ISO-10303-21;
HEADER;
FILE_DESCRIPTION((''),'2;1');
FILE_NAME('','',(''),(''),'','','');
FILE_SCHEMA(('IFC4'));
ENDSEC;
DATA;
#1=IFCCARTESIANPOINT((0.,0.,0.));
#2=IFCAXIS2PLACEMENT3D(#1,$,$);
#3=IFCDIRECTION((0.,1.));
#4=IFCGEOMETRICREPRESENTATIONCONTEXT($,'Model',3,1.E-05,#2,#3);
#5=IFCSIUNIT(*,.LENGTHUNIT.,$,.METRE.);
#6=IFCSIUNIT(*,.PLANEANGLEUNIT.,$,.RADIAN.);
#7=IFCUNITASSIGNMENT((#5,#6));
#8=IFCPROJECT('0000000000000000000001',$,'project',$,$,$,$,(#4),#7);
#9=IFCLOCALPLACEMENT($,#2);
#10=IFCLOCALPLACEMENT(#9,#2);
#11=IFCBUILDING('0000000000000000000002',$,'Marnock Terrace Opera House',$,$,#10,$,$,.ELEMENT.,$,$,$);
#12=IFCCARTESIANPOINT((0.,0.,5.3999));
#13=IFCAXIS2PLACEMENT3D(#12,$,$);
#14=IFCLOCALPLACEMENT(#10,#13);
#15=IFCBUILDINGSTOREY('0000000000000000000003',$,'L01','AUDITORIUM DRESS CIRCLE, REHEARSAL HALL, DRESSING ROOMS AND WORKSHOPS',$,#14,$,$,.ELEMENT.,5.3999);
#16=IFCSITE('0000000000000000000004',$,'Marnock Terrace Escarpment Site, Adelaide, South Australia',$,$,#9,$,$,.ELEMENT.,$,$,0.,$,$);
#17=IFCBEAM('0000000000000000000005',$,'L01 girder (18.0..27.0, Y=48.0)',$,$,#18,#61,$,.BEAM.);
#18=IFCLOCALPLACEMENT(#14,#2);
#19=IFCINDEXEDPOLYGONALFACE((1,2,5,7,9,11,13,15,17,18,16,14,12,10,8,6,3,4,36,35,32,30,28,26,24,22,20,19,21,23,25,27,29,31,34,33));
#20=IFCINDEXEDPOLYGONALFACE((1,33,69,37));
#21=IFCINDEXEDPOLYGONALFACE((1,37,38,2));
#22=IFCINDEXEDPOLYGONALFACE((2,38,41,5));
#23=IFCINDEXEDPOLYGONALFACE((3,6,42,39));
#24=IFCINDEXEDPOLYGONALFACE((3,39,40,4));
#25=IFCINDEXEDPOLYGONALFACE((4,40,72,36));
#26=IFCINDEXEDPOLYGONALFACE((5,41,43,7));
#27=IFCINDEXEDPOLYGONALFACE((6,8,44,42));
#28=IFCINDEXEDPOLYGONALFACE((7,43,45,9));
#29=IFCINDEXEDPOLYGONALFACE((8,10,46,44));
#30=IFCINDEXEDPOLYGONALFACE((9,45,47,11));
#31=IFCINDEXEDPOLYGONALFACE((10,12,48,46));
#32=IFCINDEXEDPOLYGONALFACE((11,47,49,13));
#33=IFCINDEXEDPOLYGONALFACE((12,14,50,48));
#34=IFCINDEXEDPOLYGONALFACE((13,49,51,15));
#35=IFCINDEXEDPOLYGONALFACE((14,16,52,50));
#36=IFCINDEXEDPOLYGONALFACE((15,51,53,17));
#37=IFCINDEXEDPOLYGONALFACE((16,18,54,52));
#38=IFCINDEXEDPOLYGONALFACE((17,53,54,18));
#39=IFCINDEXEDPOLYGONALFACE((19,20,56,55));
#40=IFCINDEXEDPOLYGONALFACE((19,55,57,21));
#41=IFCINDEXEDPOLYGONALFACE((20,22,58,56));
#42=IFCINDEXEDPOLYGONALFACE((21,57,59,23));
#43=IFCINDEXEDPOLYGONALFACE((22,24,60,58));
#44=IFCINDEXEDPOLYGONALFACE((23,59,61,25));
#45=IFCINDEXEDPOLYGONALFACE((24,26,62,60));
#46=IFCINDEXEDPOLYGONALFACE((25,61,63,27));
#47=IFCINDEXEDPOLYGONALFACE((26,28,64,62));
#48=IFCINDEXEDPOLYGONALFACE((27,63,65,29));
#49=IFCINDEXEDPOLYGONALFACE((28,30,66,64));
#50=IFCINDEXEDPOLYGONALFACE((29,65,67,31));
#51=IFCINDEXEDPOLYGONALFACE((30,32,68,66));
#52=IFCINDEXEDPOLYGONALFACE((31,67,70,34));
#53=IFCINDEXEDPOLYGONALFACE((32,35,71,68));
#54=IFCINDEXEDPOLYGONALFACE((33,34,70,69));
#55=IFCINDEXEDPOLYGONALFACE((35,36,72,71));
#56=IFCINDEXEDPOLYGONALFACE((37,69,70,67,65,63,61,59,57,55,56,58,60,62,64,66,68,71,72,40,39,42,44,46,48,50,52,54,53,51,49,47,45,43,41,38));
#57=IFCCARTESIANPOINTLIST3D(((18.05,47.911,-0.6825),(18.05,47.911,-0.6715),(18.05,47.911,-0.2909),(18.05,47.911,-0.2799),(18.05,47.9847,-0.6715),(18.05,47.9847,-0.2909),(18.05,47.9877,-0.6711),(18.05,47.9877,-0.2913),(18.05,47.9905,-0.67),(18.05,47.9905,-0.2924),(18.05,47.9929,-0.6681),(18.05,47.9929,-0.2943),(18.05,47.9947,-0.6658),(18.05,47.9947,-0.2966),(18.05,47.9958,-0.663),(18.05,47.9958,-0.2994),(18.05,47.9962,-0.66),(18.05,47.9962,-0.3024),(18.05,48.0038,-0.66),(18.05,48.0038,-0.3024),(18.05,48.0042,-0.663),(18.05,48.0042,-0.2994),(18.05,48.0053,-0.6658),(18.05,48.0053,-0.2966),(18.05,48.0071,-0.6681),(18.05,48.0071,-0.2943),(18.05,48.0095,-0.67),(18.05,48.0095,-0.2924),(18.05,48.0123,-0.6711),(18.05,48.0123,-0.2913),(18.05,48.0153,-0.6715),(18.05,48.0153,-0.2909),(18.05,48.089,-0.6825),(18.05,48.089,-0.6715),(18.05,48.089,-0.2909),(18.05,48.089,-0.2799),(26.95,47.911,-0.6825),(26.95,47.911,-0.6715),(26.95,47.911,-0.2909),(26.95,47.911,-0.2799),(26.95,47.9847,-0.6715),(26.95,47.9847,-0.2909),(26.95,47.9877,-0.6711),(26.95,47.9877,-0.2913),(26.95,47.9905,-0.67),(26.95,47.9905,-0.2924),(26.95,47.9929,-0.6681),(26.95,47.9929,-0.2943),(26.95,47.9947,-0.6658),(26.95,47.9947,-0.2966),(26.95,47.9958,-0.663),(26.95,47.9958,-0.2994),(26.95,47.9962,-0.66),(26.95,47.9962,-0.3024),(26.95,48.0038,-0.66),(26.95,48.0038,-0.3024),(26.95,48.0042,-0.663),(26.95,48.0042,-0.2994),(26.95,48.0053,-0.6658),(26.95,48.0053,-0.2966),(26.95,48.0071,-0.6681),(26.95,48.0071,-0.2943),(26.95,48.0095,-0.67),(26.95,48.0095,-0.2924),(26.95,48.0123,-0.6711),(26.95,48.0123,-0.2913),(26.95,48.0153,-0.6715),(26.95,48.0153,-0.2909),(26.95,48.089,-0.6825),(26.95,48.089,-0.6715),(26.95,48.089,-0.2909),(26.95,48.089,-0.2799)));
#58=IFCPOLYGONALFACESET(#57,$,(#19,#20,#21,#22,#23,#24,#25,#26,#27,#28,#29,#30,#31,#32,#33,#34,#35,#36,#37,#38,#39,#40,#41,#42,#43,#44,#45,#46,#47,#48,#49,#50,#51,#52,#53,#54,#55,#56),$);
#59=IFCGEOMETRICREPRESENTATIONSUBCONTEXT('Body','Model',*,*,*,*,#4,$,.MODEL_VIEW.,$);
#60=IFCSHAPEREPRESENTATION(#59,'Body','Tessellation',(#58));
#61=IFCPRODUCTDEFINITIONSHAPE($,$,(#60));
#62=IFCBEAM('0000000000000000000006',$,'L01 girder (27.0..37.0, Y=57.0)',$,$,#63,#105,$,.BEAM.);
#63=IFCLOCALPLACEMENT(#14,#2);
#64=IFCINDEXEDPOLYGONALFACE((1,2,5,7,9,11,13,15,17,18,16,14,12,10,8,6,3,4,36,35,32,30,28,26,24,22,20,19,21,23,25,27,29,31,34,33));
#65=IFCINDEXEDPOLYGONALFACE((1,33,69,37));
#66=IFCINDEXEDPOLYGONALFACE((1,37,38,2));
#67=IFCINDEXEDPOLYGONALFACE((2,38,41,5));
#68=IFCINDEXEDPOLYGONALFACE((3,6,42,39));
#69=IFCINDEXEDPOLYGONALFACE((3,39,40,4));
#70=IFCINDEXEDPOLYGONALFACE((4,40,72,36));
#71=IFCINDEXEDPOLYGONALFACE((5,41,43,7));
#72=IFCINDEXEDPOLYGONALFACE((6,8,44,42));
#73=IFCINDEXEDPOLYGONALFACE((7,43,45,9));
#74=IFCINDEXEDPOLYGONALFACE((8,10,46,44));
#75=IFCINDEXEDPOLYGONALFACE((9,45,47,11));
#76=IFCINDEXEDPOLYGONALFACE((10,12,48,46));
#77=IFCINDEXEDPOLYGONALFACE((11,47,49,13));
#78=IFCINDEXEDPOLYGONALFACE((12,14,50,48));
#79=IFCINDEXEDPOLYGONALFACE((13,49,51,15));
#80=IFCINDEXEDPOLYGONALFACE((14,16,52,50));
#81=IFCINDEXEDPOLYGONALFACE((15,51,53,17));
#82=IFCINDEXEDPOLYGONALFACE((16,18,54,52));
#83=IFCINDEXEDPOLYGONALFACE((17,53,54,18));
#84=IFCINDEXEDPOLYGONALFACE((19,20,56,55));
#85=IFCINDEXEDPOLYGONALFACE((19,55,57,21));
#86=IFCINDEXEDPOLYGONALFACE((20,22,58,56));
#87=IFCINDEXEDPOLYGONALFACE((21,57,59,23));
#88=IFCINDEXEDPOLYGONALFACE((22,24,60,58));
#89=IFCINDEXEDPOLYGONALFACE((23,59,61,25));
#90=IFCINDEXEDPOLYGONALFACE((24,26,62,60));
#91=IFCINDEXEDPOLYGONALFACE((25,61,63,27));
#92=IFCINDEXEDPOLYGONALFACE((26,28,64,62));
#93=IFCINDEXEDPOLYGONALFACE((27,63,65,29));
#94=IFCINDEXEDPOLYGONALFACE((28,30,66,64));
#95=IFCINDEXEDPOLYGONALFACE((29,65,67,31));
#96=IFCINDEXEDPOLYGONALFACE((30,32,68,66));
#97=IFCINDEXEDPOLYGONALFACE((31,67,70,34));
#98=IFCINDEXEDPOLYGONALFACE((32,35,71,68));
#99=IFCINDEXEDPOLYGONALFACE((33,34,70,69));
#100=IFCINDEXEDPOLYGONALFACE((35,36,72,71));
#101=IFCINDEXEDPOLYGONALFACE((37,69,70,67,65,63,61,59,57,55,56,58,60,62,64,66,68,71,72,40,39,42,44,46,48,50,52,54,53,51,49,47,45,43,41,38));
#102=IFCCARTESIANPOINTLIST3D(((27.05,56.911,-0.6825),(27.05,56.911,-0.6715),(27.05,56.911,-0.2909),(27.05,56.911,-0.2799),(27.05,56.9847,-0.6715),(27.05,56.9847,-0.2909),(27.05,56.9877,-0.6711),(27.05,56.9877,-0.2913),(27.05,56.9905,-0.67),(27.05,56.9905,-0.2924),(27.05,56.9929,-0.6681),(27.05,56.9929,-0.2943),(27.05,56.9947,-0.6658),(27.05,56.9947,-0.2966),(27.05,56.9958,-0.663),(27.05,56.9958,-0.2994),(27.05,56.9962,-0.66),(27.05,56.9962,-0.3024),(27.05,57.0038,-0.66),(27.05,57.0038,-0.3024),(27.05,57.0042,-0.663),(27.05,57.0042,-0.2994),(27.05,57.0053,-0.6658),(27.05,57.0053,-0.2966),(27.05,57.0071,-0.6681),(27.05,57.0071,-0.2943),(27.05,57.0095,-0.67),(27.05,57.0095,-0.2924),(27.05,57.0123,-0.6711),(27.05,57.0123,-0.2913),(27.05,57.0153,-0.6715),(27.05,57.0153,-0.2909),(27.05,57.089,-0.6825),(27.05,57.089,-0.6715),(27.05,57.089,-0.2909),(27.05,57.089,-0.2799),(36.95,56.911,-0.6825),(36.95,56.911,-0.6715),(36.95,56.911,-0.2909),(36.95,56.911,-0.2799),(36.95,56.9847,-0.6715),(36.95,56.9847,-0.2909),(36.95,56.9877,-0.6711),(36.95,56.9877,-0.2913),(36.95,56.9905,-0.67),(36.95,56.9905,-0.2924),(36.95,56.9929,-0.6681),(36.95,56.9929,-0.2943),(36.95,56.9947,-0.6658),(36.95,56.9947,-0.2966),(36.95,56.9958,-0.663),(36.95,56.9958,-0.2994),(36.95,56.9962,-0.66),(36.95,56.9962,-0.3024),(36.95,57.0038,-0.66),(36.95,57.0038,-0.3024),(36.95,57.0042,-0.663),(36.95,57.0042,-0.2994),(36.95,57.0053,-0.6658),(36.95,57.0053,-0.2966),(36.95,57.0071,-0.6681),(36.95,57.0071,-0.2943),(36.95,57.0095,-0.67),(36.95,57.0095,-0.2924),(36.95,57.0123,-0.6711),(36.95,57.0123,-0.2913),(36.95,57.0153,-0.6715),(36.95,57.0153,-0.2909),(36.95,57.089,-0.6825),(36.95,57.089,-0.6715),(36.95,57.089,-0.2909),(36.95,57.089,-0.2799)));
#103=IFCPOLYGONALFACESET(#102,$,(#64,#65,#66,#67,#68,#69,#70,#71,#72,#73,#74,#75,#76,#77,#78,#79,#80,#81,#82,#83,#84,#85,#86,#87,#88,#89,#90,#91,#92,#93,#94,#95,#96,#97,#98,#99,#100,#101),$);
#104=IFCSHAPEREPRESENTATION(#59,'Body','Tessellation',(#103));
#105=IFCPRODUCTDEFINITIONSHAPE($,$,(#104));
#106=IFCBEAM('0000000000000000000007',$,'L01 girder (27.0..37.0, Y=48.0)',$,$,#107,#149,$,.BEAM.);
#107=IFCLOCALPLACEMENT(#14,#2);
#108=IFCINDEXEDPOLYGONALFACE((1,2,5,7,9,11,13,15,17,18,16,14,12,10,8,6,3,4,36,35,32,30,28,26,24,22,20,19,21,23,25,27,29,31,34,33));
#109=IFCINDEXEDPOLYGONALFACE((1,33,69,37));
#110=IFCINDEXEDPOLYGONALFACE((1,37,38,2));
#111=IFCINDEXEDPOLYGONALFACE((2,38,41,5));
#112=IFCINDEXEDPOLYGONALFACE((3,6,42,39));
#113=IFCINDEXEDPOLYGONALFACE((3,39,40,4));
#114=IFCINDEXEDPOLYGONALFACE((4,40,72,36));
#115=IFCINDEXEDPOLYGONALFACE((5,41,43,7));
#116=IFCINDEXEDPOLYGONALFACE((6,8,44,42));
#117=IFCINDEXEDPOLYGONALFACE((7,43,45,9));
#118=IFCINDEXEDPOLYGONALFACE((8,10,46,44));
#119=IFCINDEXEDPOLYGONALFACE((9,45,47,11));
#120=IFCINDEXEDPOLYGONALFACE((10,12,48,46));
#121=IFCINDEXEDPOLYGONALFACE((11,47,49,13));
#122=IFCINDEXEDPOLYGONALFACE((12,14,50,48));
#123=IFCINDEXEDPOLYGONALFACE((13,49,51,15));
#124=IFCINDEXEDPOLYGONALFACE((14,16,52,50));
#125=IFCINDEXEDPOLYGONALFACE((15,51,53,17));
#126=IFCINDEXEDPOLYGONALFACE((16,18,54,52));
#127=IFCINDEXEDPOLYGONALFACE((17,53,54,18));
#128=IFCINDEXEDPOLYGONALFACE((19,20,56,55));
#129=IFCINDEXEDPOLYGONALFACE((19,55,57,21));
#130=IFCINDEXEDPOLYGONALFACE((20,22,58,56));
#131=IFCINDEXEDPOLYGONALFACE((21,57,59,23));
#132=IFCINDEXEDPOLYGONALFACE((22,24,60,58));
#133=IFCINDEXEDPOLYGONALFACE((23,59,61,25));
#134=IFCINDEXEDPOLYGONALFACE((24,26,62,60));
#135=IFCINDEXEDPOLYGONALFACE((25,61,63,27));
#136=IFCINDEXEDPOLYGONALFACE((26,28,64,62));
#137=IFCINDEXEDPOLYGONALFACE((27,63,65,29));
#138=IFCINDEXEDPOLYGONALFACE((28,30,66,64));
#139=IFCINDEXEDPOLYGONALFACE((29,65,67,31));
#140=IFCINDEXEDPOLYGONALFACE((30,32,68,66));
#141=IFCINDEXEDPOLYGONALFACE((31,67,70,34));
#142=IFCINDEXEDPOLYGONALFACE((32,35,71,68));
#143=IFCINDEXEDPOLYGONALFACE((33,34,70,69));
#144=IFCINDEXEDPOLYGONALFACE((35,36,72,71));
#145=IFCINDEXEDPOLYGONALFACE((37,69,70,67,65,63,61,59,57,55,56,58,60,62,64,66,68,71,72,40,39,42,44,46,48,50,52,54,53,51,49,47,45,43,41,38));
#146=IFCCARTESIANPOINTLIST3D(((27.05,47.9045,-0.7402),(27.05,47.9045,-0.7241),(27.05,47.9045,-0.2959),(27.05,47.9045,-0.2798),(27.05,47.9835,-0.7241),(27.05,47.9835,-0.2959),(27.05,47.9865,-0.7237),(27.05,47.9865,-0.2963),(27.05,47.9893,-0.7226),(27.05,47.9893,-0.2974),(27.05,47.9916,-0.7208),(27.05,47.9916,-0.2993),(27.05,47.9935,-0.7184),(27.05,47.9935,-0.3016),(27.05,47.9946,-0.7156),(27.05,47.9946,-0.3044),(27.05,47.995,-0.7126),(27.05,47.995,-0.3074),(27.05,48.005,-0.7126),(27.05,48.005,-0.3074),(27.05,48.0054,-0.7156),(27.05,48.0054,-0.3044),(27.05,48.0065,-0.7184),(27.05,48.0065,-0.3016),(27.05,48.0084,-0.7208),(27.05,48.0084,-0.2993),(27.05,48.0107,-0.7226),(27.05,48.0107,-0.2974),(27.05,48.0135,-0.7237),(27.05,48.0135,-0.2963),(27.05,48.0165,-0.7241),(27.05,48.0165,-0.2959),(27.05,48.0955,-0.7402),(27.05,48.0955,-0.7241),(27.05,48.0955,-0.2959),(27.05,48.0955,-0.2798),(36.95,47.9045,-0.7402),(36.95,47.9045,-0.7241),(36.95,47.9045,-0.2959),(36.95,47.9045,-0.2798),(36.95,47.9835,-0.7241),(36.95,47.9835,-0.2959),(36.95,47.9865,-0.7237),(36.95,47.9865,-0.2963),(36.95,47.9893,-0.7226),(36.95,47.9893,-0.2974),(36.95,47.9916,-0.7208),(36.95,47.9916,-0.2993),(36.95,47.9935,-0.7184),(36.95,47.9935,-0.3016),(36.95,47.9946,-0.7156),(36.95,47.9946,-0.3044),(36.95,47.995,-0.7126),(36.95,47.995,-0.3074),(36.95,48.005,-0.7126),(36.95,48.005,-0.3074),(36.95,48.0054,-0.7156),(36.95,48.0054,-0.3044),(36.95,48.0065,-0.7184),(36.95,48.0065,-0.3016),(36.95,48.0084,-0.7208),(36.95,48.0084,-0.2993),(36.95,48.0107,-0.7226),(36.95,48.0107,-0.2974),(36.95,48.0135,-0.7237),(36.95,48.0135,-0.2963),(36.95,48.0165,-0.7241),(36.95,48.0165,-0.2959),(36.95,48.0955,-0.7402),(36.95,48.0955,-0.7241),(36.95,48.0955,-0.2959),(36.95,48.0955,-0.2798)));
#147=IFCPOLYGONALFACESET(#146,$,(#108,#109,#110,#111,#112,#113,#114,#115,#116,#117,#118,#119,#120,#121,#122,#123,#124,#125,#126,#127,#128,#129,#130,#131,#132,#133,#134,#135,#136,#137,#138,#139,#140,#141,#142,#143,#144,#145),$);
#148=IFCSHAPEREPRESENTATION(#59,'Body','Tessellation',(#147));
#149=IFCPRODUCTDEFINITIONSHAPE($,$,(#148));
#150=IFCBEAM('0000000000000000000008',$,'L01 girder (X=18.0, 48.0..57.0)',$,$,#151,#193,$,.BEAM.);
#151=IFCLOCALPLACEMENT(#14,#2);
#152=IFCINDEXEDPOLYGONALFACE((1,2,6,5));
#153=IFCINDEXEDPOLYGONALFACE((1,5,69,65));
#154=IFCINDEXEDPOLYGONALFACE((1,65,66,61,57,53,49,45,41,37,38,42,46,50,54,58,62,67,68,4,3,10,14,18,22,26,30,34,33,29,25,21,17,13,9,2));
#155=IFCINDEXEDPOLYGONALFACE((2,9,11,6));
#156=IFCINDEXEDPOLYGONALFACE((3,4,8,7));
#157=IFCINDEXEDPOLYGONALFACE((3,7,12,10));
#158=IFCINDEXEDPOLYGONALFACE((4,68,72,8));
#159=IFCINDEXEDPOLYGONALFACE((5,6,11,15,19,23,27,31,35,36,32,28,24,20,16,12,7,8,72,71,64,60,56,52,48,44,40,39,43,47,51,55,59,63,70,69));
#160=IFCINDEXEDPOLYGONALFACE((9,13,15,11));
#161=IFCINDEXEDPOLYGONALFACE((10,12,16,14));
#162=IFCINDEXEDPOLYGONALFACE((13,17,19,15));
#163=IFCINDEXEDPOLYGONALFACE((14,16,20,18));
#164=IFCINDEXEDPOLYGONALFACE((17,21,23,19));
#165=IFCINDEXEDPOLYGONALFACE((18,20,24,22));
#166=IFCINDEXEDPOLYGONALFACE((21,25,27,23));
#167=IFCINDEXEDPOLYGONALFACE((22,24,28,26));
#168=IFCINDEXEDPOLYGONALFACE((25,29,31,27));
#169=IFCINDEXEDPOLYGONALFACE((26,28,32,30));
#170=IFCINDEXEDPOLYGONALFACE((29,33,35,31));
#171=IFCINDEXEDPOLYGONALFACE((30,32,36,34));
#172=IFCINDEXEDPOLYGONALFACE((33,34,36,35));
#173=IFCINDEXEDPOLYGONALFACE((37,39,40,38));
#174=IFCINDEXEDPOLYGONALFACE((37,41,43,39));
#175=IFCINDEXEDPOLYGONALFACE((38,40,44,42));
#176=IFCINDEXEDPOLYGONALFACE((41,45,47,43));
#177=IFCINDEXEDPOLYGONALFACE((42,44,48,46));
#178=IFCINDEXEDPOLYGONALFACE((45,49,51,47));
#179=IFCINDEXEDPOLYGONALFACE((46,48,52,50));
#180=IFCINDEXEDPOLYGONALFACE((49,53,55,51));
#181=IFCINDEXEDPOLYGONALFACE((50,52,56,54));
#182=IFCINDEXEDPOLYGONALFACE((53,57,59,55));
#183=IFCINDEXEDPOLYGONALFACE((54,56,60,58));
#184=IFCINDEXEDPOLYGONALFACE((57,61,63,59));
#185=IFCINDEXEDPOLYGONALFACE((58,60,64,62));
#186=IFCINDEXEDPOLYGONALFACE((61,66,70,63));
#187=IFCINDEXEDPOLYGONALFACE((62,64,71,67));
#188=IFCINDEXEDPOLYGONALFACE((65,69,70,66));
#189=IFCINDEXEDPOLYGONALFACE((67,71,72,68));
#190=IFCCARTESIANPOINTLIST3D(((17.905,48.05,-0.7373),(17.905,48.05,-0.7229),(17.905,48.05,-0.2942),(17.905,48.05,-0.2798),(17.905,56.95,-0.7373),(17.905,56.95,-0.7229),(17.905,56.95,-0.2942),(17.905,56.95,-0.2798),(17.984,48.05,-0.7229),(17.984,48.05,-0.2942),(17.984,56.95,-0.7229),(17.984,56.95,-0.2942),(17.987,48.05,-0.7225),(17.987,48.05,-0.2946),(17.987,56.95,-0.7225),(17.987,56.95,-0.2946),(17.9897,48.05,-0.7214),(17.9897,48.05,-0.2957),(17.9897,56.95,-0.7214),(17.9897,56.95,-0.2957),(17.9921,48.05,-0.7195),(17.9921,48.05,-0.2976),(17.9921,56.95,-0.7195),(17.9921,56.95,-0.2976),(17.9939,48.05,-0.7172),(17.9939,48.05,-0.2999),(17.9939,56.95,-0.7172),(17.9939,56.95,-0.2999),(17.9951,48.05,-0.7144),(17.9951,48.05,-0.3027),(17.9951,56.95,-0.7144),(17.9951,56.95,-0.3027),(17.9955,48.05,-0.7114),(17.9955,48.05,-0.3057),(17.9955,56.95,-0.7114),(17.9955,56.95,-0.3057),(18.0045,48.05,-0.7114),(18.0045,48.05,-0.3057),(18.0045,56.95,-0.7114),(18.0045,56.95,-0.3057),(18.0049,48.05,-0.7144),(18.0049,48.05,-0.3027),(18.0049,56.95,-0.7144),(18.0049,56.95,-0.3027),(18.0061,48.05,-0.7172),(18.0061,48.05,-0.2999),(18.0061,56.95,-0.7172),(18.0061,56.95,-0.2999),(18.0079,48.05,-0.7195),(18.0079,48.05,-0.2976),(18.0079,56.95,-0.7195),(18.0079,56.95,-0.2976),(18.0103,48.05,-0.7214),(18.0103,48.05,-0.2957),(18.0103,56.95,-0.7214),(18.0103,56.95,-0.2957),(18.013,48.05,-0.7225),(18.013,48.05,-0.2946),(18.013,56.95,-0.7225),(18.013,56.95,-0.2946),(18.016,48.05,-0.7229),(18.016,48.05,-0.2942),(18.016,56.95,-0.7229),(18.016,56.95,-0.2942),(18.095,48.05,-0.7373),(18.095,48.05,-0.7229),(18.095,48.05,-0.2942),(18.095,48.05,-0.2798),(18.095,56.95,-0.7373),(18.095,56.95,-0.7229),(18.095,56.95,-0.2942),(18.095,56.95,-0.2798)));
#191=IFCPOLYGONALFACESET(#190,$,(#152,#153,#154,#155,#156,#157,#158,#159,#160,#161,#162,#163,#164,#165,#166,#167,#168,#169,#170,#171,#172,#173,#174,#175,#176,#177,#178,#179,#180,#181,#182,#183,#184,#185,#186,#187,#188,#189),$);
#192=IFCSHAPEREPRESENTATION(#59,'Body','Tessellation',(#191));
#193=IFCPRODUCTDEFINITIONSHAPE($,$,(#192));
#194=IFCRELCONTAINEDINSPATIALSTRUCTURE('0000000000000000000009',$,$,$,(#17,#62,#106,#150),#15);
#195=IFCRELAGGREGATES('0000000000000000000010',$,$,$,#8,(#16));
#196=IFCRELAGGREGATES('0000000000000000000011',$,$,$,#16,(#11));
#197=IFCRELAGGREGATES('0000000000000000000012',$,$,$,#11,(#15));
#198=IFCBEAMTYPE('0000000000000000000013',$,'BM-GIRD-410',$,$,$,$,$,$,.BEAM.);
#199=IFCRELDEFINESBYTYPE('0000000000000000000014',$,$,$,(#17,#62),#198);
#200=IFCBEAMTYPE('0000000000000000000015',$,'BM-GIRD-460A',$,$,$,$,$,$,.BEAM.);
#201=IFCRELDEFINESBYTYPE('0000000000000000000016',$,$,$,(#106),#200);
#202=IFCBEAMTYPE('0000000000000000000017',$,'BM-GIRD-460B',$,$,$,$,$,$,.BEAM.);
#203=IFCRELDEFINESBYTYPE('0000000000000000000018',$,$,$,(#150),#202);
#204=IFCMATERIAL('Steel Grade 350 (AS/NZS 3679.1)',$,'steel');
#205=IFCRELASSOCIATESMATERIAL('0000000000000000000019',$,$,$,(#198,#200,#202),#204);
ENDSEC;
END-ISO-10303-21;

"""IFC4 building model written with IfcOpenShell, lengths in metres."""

from ifc_helpers import new_model, si_unit, direction, frame, origin, origin_2d, place, context, subcontext, project, spatial, i_section, extrude, material, material_profile, profile_set, type_object, element, save


model = new_model("IFC4")

# Units and contexts
model_context = context("Model", 3, precision=1e-05, world=origin(), true_north=direction((0.0, 1.0)))
body_context = subcontext(model_context, "Body", "Model", "MODEL_VIEW")
ifc_project = project(units=[si_unit("LENGTHUNIT", "METRE"), si_unit("PLANEANGLEUNIT", "RADIAN")], contexts=[model_context])

# Site, building, storey
site_placement = place(None, origin())
site = spatial("IfcSite", under=ifc_project, at=site_placement, Name="Marnock Terrace Escarpment Site, Adelaide, South Australia", CompositionType="ELEMENT", RefElevation=0.0)
building_placement = place(site_placement, origin())
building = spatial("IfcBuilding", under=site, at=building_placement, Name="Marnock Terrace Opera House", CompositionType="ELEMENT")
storey_placement = place(building_placement, frame((0.0, 0.0, 5.3999)))
storey = spatial("IfcBuildingStorey", under=building, at=storey_placement, Name="L01", Description="AUDITORIUM DRESS CIRCLE, REHEARSAL HALL, DRESSING ROOMS AND WORKSHOPS", CompositionType="ELEMENT", Elevation=5.3999)

# Shared definitions
ifc_material_1 = material(Name="Steel Grade 350 (AS/NZS 3679.1)", Category="steel")

# Beams
ifc_material_profile_1 = material_profile(ifc_material_1, i_section(OverallWidth=0.178, OverallDepth=0.4026, WebThickness=0.0076, FlangeThickness=0.011, FilletRadius=0.0115, at=origin_2d()))
ifc_profile_set_1 = profile_set([ifc_material_profile_1], Name="Steel Grade 350 (AS/NZS 3679.1)")
beam_type_1 = type_object("IfcBeamType", Name="BM-GIRD-410", PredefinedType="BEAM", material=ifc_profile_set_1)
beam_1_placement = place(storey_placement, frame((18.05, 48.0, -0.4812), z_axis=(1.0, 0.0, 0.0), x_axis=(0.0, 1.0, 0.0)))
element("IfcBeam", 1, at=beam_1_placement, inside=storey, type_object=beam_type_1, Name="L01 girder (18.0..27.0, Y=48.0)", PredefinedType="BEAM", context=body_context, shape_type="SweptSolid", body=[
    extrude(i_section(OverallWidth=0.178, OverallDepth=0.4026, WebThickness=0.0076, FlangeThickness=0.011, FilletRadius=0.0115, at=origin_2d()), origin(), (0.0, 0.0, 1.0), 8.8999),
])
beam_2_placement = place(storey_placement, frame((27.05, 57.0, -0.4812), z_axis=(1.0, 0.0, 0.0), x_axis=(0.0, 1.0, 0.0)))
element("IfcBeam", 2, at=beam_2_placement, inside=storey, type_object=beam_type_1, Name="L01 girder (27.0..37.0, Y=57.0)", PredefinedType="BEAM", context=body_context, shape_type="SweptSolid", body=[
    extrude(i_section(OverallWidth=0.178, OverallDepth=0.4026, WebThickness=0.0076, FlangeThickness=0.011, FilletRadius=0.0115, at=origin_2d()), origin(), (0.0, 0.0, 1.0), 9.8999),
])
ifc_material_profile_2 = material_profile(ifc_material_1, i_section(OverallWidth=0.1909, OverallDepth=0.4604, WebThickness=0.01, FlangeThickness=0.0161, FilletRadius=0.0115, at=origin_2d()))
ifc_profile_set_2 = profile_set([ifc_material_profile_2], Name="Steel Grade 350 (AS/NZS 3679.1)")
beam_type_2 = type_object("IfcBeamType", Name="BM-GIRD-460A", PredefinedType="BEAM", material=ifc_profile_set_2)
beam_3_placement = place(storey_placement, frame((27.05, 48.0, -0.51), z_axis=(1.0, 0.0, 0.0), x_axis=(0.0, 1.0, 0.0)))
element("IfcBeam", 3, at=beam_3_placement, inside=storey, type_object=beam_type_2, Name="L01 girder (27.0..37.0, Y=48.0)", PredefinedType="BEAM", context=body_context, shape_type="SweptSolid", body=[
    extrude(i_section(OverallWidth=0.1909, OverallDepth=0.4604, WebThickness=0.01, FlangeThickness=0.0161, FilletRadius=0.0115, at=origin_2d()), origin(), (0.0, 0.0, 1.0), 9.8999),
])
ifc_material_profile_3 = material_profile(ifc_material_1, i_section(OverallWidth=0.1899, OverallDepth=0.4575, WebThickness=0.009, FlangeThickness=0.0144, FilletRadius=0.0115, at=origin_2d()))
ifc_profile_set_3 = profile_set([ifc_material_profile_3], Name="Steel Grade 350 (AS/NZS 3679.1)")
beam_type_3 = type_object("IfcBeamType", Name="BM-GIRD-460B", PredefinedType="BEAM", material=ifc_profile_set_3)
beam_4_placement = place(storey_placement, frame((18.0, 48.05, -0.5085), z_axis=(0.0, 1.0, 0.0), x_axis=(-1.0, 0.0, 0.0)))
element("IfcBeam", 4, at=beam_4_placement, inside=storey, type_object=beam_type_3, Name="L01 girder (X=18.0, 48.0..57.0)", PredefinedType="BEAM", context=body_context, shape_type="SweptSolid", body=[
    extrude(i_section(OverallWidth=0.1899, OverallDepth=0.4575, WebThickness=0.009, FlangeThickness=0.0144, FilletRadius=0.0115, at=origin_2d()), origin(), (0.0, 0.0, 1.0), 8.8999),
])

save(model, "model.ifc")
